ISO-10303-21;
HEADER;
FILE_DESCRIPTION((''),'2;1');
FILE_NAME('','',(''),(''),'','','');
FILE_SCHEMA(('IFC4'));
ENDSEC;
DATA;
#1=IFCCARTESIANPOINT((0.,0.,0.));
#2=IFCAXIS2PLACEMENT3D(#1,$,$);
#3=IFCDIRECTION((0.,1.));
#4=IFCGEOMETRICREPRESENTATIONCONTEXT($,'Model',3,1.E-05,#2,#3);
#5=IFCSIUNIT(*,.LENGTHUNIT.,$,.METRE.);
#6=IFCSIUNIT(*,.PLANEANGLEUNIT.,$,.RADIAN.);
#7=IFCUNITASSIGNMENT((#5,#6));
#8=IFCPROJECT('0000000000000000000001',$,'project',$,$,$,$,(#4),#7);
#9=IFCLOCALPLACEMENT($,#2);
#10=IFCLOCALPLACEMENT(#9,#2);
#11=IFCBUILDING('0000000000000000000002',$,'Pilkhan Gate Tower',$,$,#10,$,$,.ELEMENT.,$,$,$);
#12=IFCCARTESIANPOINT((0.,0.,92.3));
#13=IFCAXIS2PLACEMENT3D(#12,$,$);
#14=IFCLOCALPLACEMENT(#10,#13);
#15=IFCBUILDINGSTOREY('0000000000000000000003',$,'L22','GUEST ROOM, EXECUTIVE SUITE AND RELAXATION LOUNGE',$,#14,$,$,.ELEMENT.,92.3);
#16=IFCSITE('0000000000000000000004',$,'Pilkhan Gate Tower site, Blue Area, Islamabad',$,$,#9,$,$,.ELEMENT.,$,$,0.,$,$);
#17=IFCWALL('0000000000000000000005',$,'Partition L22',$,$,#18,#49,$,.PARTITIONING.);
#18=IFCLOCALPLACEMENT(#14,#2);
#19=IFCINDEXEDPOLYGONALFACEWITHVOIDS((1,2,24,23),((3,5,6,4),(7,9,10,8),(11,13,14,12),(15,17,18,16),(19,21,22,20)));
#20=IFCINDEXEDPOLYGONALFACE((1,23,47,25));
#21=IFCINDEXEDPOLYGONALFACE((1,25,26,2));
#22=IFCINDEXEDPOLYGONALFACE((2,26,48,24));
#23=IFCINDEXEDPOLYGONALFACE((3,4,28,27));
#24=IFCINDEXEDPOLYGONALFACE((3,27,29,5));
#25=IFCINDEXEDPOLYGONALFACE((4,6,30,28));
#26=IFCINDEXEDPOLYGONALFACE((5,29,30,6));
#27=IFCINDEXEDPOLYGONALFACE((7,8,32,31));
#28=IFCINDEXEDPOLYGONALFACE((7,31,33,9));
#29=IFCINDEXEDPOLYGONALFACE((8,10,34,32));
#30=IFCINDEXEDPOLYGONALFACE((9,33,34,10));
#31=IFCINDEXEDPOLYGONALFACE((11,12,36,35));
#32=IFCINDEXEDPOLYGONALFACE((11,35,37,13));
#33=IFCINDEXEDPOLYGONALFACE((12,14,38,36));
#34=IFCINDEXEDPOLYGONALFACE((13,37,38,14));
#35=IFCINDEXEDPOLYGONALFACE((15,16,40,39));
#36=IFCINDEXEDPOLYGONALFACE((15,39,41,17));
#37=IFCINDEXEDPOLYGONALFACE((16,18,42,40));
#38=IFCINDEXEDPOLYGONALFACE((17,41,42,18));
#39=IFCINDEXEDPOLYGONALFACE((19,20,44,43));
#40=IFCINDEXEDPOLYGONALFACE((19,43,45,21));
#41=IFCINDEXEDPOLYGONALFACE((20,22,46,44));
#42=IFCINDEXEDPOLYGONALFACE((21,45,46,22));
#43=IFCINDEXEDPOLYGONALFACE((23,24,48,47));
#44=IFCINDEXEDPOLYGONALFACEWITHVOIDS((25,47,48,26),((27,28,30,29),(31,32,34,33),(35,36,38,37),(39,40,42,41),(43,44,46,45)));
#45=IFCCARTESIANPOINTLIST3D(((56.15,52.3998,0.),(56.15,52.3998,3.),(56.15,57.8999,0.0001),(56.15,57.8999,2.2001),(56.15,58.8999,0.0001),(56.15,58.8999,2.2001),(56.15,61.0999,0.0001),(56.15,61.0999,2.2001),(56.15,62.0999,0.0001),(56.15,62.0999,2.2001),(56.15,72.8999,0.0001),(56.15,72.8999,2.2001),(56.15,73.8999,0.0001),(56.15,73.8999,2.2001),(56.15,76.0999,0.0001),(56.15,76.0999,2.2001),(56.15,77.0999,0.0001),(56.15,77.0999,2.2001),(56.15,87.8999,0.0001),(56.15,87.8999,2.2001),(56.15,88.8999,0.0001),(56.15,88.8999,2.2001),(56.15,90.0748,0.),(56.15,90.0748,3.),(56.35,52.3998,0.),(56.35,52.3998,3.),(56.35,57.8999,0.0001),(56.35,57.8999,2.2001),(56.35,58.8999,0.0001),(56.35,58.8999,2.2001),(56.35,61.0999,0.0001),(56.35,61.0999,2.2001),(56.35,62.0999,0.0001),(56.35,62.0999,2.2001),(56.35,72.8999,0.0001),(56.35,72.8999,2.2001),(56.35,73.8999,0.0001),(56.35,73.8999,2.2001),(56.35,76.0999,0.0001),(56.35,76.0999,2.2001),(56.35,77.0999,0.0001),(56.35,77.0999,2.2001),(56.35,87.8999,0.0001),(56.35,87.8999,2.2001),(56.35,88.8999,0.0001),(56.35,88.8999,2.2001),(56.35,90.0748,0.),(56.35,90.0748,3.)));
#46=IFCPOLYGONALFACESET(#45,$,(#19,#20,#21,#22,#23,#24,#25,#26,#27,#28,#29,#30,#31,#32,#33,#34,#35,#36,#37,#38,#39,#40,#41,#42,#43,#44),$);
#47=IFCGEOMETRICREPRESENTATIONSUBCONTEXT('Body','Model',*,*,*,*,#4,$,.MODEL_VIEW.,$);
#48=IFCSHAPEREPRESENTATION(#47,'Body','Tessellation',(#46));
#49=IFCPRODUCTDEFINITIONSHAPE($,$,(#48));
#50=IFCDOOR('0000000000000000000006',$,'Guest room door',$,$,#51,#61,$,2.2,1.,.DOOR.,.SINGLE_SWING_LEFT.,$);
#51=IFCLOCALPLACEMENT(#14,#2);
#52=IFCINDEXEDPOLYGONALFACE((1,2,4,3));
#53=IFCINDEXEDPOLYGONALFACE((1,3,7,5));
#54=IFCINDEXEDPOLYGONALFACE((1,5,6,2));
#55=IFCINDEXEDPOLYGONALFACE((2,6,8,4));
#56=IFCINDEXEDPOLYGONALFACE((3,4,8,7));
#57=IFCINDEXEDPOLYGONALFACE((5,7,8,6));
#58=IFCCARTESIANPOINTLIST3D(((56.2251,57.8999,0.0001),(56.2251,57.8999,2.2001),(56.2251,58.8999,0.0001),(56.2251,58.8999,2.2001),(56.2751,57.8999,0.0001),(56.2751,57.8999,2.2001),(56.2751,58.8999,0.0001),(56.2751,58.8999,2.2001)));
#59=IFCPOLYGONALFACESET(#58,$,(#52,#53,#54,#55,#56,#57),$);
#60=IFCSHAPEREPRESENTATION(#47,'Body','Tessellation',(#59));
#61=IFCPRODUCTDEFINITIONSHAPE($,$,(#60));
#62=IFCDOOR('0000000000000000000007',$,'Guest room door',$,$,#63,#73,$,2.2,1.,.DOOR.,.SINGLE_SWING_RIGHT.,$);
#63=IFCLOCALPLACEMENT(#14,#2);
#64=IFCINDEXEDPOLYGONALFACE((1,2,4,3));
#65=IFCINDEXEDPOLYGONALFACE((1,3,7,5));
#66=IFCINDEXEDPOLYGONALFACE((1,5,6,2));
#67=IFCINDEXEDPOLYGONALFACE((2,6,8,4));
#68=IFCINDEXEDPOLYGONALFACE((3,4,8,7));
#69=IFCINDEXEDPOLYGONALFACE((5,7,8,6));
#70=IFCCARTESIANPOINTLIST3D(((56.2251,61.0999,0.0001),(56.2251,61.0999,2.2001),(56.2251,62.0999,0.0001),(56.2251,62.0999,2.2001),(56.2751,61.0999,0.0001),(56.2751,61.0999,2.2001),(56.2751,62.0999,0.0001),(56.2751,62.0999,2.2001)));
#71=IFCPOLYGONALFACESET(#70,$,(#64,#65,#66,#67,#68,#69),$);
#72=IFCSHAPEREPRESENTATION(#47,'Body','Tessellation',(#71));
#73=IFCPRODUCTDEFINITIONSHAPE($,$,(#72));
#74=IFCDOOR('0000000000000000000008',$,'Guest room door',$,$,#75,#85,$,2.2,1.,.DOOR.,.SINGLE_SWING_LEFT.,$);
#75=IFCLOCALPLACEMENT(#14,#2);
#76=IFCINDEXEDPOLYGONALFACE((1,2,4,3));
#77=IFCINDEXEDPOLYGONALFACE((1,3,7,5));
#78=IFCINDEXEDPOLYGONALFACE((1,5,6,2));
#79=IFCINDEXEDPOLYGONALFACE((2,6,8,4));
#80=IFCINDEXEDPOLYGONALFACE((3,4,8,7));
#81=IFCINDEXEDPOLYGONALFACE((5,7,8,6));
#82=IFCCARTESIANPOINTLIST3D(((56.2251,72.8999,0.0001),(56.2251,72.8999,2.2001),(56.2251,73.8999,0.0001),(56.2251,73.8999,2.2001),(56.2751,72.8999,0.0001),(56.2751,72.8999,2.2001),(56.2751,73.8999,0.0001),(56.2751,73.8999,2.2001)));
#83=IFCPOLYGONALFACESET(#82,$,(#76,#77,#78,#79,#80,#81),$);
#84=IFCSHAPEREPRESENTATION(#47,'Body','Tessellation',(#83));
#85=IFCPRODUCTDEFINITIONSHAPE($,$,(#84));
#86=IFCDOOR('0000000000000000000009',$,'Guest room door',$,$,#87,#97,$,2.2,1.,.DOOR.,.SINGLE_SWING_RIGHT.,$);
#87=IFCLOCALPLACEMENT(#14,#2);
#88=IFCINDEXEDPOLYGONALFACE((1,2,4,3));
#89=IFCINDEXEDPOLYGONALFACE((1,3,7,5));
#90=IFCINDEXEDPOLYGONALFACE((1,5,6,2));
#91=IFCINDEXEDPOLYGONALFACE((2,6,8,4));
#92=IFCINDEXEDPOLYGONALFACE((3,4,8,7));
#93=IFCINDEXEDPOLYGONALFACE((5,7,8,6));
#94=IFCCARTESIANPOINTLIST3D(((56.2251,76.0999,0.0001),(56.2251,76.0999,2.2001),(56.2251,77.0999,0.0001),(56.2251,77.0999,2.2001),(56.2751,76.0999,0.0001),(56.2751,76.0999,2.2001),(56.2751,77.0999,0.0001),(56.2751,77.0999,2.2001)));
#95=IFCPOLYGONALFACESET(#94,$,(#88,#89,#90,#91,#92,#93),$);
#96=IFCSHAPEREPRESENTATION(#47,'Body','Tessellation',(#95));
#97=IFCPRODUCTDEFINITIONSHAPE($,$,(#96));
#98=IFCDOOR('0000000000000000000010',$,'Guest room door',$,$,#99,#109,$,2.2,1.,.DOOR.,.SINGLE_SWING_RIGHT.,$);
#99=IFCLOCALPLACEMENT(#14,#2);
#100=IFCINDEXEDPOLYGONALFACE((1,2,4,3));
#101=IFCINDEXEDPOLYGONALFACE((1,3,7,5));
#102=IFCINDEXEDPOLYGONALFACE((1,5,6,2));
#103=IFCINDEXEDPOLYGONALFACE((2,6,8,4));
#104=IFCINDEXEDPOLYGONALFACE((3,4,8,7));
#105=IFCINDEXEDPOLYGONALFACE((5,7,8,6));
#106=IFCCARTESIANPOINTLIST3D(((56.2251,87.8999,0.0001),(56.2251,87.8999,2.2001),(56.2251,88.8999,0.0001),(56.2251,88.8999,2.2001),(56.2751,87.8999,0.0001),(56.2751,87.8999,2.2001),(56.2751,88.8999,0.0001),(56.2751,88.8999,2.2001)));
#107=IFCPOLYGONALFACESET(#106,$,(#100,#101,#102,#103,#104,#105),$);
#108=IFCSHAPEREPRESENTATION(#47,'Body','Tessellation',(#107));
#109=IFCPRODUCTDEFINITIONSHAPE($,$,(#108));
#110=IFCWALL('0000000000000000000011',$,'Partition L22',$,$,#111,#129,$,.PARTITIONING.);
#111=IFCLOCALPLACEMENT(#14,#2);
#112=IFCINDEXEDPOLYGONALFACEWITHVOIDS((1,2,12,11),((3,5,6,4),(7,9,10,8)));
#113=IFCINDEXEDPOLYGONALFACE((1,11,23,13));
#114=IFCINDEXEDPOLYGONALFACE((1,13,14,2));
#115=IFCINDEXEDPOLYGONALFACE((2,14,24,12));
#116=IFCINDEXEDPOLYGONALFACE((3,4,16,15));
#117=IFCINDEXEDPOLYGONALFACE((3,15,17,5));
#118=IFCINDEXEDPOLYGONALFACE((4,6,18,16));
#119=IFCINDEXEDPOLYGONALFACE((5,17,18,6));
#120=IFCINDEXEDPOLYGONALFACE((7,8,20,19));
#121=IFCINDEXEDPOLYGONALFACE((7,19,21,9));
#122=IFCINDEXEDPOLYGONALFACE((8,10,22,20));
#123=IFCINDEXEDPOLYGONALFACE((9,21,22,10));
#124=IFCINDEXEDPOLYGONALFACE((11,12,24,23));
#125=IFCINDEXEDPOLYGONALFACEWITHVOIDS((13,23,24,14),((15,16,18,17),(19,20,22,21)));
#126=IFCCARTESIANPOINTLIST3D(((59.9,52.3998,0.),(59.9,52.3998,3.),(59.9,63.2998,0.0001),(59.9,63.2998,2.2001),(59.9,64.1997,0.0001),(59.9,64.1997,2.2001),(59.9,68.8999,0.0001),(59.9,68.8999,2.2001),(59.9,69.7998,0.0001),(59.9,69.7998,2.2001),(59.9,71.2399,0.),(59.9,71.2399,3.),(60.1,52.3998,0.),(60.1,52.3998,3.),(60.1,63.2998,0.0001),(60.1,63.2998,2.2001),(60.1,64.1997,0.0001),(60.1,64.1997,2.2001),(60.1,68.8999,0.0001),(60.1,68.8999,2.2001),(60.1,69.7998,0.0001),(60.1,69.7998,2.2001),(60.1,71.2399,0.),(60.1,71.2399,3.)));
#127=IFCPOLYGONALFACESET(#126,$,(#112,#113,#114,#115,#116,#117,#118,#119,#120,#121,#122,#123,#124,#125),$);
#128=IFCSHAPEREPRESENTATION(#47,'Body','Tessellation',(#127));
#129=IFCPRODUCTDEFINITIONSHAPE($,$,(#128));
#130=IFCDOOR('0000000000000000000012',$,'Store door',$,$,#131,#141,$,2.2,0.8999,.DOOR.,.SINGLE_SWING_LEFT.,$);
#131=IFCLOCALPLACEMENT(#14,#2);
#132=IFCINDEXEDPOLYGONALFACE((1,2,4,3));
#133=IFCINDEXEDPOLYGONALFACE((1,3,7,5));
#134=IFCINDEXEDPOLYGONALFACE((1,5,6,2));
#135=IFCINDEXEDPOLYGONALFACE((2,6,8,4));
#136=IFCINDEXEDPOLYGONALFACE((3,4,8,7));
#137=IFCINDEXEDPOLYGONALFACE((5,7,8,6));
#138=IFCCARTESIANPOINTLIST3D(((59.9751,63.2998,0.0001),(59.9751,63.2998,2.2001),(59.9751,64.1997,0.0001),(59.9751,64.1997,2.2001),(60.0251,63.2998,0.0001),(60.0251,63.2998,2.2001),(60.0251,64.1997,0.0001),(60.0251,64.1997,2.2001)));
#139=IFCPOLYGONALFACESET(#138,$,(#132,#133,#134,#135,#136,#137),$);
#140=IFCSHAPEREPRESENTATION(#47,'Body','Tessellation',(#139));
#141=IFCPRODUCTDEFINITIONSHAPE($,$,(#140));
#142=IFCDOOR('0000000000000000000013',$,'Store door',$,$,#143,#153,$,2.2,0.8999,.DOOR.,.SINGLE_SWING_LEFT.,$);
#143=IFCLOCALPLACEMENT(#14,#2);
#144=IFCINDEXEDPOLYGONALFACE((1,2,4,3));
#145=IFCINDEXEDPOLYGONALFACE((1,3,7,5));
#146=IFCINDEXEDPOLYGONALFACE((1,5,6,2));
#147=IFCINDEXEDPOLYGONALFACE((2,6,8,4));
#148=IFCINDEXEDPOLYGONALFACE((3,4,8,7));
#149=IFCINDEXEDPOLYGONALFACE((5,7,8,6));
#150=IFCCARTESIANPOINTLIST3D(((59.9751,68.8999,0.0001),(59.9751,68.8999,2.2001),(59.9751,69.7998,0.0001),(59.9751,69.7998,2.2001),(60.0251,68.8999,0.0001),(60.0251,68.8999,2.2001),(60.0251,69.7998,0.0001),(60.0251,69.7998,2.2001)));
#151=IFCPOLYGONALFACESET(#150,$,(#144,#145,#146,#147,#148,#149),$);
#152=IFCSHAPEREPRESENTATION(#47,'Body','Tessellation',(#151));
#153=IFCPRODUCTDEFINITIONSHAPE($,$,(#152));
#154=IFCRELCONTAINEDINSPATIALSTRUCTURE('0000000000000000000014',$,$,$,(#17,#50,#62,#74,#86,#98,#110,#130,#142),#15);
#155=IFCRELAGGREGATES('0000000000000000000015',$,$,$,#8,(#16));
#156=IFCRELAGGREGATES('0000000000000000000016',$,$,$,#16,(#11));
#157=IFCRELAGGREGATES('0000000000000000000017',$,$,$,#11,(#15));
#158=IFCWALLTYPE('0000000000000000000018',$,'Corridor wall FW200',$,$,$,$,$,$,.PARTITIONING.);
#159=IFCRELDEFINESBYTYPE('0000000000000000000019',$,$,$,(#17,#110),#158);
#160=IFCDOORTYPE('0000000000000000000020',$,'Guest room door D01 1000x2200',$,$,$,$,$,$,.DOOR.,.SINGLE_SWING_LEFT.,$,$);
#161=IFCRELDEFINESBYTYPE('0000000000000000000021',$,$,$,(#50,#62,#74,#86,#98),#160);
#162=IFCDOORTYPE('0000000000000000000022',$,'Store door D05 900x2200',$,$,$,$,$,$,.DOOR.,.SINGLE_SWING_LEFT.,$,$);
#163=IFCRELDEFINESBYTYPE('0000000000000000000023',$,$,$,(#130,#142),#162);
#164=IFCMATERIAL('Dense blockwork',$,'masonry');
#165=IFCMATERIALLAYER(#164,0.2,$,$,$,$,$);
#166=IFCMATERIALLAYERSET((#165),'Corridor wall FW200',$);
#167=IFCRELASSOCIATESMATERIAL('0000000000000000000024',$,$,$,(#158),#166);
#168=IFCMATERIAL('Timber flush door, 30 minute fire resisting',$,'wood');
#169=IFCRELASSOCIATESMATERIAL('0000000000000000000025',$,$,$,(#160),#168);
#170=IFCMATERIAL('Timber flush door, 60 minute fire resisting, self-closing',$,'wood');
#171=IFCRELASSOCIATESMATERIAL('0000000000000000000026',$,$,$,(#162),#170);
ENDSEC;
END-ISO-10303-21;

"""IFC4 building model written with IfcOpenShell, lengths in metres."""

from ifc_helpers import new_model, si_unit, direction, frame, frame_2d, origin, place, context, subcontext, project, spatial, rectangle, extrude, material, layer, layer_set, type_object, element, fill, save


model = new_model("IFC4")

# Units and contexts
model_context = context("Model", 3, precision=1e-05, world=origin(), true_north=direction((0.0, 1.0)))
body_context = subcontext(model_context, "Body", "Model", "MODEL_VIEW")
ifc_project = project(units=[si_unit("LENGTHUNIT", "METRE"), si_unit("PLANEANGLEUNIT", "RADIAN")], contexts=[model_context])

# Site, building, storey
site_placement = place(None, origin())
site = spatial("IfcSite", under=ifc_project, at=site_placement, Name="Pilkhan Gate Tower site, Blue Area, Islamabad", CompositionType="ELEMENT", RefElevation=0.0)
building_placement = place(site_placement, origin())
building = spatial("IfcBuilding", under=site, at=building_placement, Name="Pilkhan Gate Tower", CompositionType="ELEMENT")
storey_placement = place(building_placement, frame((0.0, 0.0, 92.3)))
storey = spatial("IfcBuildingStorey", under=building, at=storey_placement, Name="L22", Description="GUEST ROOM, EXECUTIVE SUITE AND RELAXATION LOUNGE", CompositionType="ELEMENT", Elevation=92.3)

# Walls, openings, doors
ifc_material_1 = material(Name="Dense blockwork", Category="masonry")
ifc_layer_1 = layer(ifc_material_1, 0.2)
ifc_layer_set_1 = layer_set([ifc_layer_1], Name="Corridor wall FW200")
wall_type_1 = type_object("IfcWallType", Name="Corridor wall FW200", PredefinedType="PARTITIONING", material=ifc_layer_set_1)
wall_1_placement = place(storey_placement, frame((56.25, 52.3999, 0.0), z_axis=(0.0, 0.0, 1.0), x_axis=(0.0, 1.0, 0.0)))
wall_1 = element("IfcWall", 1, at=wall_1_placement, inside=storey, type_object=wall_type_1, Name="Partition L22", PredefinedType="PARTITIONING", context=body_context, shape_type="SweptSolid", body=[
    extrude(rectangle(XDim=37.675, YDim=0.2, at=frame_2d((18.8374, 0.0))), origin(), (0.0, 0.0, 1.0), 3.0),
])
opening_1_placement = place(wall_1_placement, frame((5.5, 0.0, 0.0)))
opening_1 = element("IfcOpeningElement", 2, at=opening_1_placement, cuts=wall_1, PredefinedType="OPENING", context=body_context, shape_type="SweptSolid", body=[
    extrude(rectangle(XDim=1.0, YDim=2.2, at=frame_2d((0.5, 1.1001))), frame((0.0, 0.1099, 0.0), z_axis=(0.0, -1.0, 0.0), x_axis=(1.0, 0.0, 0.0)), (0.0, 0.0, 1.0), 0.22),
])
opening_2_placement = place(wall_1_placement, frame((8.7, 0.0, 0.0)))
opening_2 = element("IfcOpeningElement", 3, at=opening_2_placement, cuts=wall_1, PredefinedType="OPENING", context=body_context, shape_type="SweptSolid", body=[
    extrude(rectangle(XDim=1.0, YDim=2.2, at=frame_2d((0.5, 1.1001))), frame((0.0, 0.1099, 0.0), z_axis=(0.0, -1.0, 0.0), x_axis=(1.0, 0.0, 0.0)), (0.0, 0.0, 1.0), 0.22),
])
opening_3_placement = place(wall_1_placement, frame((20.5, 0.0, 0.0)))
opening_3 = element("IfcOpeningElement", 4, at=opening_3_placement, cuts=wall_1, PredefinedType="OPENING", context=body_context, shape_type="SweptSolid", body=[
    extrude(rectangle(XDim=1.0, YDim=2.2, at=frame_2d((0.5, 1.1001))), frame((0.0, 0.1099, 0.0), z_axis=(0.0, -1.0, 0.0), x_axis=(1.0, 0.0, 0.0)), (0.0, 0.0, 1.0), 0.22),
])
opening_4_placement = place(wall_1_placement, frame((23.7, 0.0, 0.0)))
opening_4 = element("IfcOpeningElement", 5, at=opening_4_placement, cuts=wall_1, PredefinedType="OPENING", context=body_context, shape_type="SweptSolid", body=[
    extrude(rectangle(XDim=1.0, YDim=2.2, at=frame_2d((0.5, 1.1001))), frame((0.0, 0.1099, 0.0), z_axis=(0.0, -1.0, 0.0), x_axis=(1.0, 0.0, 0.0)), (0.0, 0.0, 1.0), 0.22),
])
opening_5_placement = place(wall_1_placement, frame((35.5, 0.0, 0.0)))
opening_5 = element("IfcOpeningElement", 6, at=opening_5_placement, cuts=wall_1, PredefinedType="OPENING", context=body_context, shape_type="SweptSolid", body=[
    extrude(rectangle(XDim=1.0, YDim=2.2, at=frame_2d((0.5, 1.1001))), frame((0.0, 0.1099, 0.0), z_axis=(0.0, -1.0, 0.0), x_axis=(1.0, 0.0, 0.0)), (0.0, 0.0, 1.0), 0.22),
])
ifc_material_2 = material(Name="Timber flush door, 30 minute fire resisting", Category="wood")
door_type_1 = type_object("IfcDoorType", Name="Guest room door D01 1000x2200", OperationType="SINGLE_SWING_LEFT", PredefinedType="DOOR", material=ifc_material_2)
door_1_placement = place(opening_1_placement, origin())
door_1 = element("IfcDoor", 7, at=door_1_placement, inside=storey, type_object=door_type_1, Name="Guest room door", OperationType="SINGLE_SWING_LEFT", OverallHeight=2.2, OverallWidth=1.0, PredefinedType="DOOR", context=body_context, shape_type="SweptSolid", body=[
    extrude(rectangle(XDim=1.0, YDim=2.2, at=frame_2d((0.5, 1.1001))), frame((0.0, 0.0249, 0.0), z_axis=(0.0, -1.0, 0.0), x_axis=(1.0, 0.0, 0.0)), (0.0, 0.0, 1.0), 0.05),
])
fill(opening_1, door_1)
door_2_placement = place(opening_2_placement, origin())
door_2 = element("IfcDoor", 8, at=door_2_placement, inside=storey, type_object=door_type_1, Name="Guest room door", OperationType="SINGLE_SWING_RIGHT", OverallHeight=2.2, OverallWidth=1.0, PredefinedType="DOOR", context=body_context, shape_type="SweptSolid", body=[
    extrude(rectangle(XDim=1.0, YDim=2.2, at=frame_2d((0.5, 1.1001))), frame((0.0, 0.0249, 0.0), z_axis=(0.0, -1.0, 0.0), x_axis=(1.0, 0.0, 0.0)), (0.0, 0.0, 1.0), 0.05),
])
fill(opening_2, door_2)
door_3_placement = place(opening_3_placement, origin())
door_3 = element("IfcDoor", 9, at=door_3_placement, inside=storey, type_object=door_type_1, Name="Guest room door", OperationType="SINGLE_SWING_LEFT", OverallHeight=2.2, OverallWidth=1.0, PredefinedType="DOOR", context=body_context, shape_type="SweptSolid", body=[
    extrude(rectangle(XDim=1.0, YDim=2.2, at=frame_2d((0.5, 1.1001))), frame((0.0, 0.0249, 0.0), z_axis=(0.0, -1.0, 0.0), x_axis=(1.0, 0.0, 0.0)), (0.0, 0.0, 1.0), 0.05),
])
fill(opening_3, door_3)
door_4_placement = place(opening_4_placement, origin())
door_4 = element("IfcDoor", 10, at=door_4_placement, inside=storey, type_object=door_type_1, Name="Guest room door", OperationType="SINGLE_SWING_RIGHT", OverallHeight=2.2, OverallWidth=1.0, PredefinedType="DOOR", context=body_context, shape_type="SweptSolid", body=[
    extrude(rectangle(XDim=1.0, YDim=2.2, at=frame_2d((0.5, 1.1001))), frame((0.0, 0.0249, 0.0), z_axis=(0.0, -1.0, 0.0), x_axis=(1.0, 0.0, 0.0)), (0.0, 0.0, 1.0), 0.05),
])
fill(opening_4, door_4)
door_5_placement = place(opening_5_placement, origin())
door_5 = element("IfcDoor", 11, at=door_5_placement, inside=storey, type_object=door_type_1, Name="Guest room door", OperationType="SINGLE_SWING_RIGHT", OverallHeight=2.2, OverallWidth=1.0, PredefinedType="DOOR", context=body_context, shape_type="SweptSolid", body=[
    extrude(rectangle(XDim=1.0, YDim=2.2, at=frame_2d((0.5, 1.1001))), frame((0.0, 0.0249, 0.0), z_axis=(0.0, -1.0, 0.0), x_axis=(1.0, 0.0, 0.0)), (0.0, 0.0, 1.0), 0.05),
])
fill(opening_5, door_5)
wall_2_placement = place(storey_placement, frame((60.0, 52.3999, 0.0), z_axis=(0.0, 0.0, 1.0), x_axis=(0.0, 1.0, 0.0)))
wall_2 = element("IfcWall", 12, at=wall_2_placement, inside=storey, type_object=wall_type_1, Name="Partition L22", PredefinedType="PARTITIONING", context=body_context, shape_type="SweptSolid", body=[
    extrude(rectangle(XDim=18.8401, YDim=0.2, at=frame_2d((9.4199, 0.0))), origin(), (0.0, 0.0, 1.0), 3.0),
])
opening_6_placement = place(wall_2_placement, frame((10.8999, 0.0, 0.0)))
opening_6 = element("IfcOpeningElement", 13, at=opening_6_placement, cuts=wall_2, PredefinedType="OPENING", context=body_context, shape_type="SweptSolid", body=[
    extrude(rectangle(XDim=0.8999, YDim=2.2, at=frame_2d((0.45, 1.1001))), frame((0.0, 0.1099, 0.0), z_axis=(0.0, -1.0, 0.0), x_axis=(1.0, 0.0, 0.0)), (0.0, 0.0, 1.0), 0.22),
])
opening_7_placement = place(wall_2_placement, frame((16.5, 0.0, 0.0)))
opening_7 = element("IfcOpeningElement", 14, at=opening_7_placement, cuts=wall_2, PredefinedType="OPENING", context=body_context, shape_type="SweptSolid", body=[
    extrude(rectangle(XDim=0.8999, YDim=2.2, at=frame_2d((0.45, 1.1001))), frame((0.0, 0.1099, 0.0), z_axis=(0.0, -1.0, 0.0), x_axis=(1.0, 0.0, 0.0)), (0.0, 0.0, 1.0), 0.22),
])
ifc_material_3 = material(Name="Timber flush door, 60 minute fire resisting, self-closing", Category="wood")
door_type_2 = type_object("IfcDoorType", Name="Store door D05 900x2200", OperationType="SINGLE_SWING_LEFT", PredefinedType="DOOR", material=ifc_material_3)
door_6_placement = place(opening_6_placement, origin())
door_6 = element("IfcDoor", 15, at=door_6_placement, inside=storey, type_object=door_type_2, Name="Store door", OperationType="SINGLE_SWING_LEFT", OverallHeight=2.2, OverallWidth=0.8999, PredefinedType="DOOR", context=body_context, shape_type="SweptSolid", body=[
    extrude(rectangle(XDim=0.8999, YDim=2.2, at=frame_2d((0.45, 1.1001))), frame((0.0, 0.0249, 0.0), z_axis=(0.0, -1.0, 0.0), x_axis=(1.0, 0.0, 0.0)), (0.0, 0.0, 1.0), 0.05),
])
fill(opening_6, door_6)
door_7_placement = place(opening_7_placement, origin())
door_7 = element("IfcDoor", 16, at=door_7_placement, inside=storey, type_object=door_type_2, Name="Store door", OperationType="SINGLE_SWING_LEFT", OverallHeight=2.2, OverallWidth=0.8999, PredefinedType="DOOR", context=body_context, shape_type="SweptSolid", body=[
    extrude(rectangle(XDim=0.8999, YDim=2.2, at=frame_2d((0.45, 1.1001))), frame((0.0, 0.0249, 0.0), z_axis=(0.0, -1.0, 0.0), x_axis=(1.0, 0.0, 0.0)), (0.0, 0.0, 1.0), 0.05),
])
fill(opening_7, door_7)

save(model, "model.ifc")
